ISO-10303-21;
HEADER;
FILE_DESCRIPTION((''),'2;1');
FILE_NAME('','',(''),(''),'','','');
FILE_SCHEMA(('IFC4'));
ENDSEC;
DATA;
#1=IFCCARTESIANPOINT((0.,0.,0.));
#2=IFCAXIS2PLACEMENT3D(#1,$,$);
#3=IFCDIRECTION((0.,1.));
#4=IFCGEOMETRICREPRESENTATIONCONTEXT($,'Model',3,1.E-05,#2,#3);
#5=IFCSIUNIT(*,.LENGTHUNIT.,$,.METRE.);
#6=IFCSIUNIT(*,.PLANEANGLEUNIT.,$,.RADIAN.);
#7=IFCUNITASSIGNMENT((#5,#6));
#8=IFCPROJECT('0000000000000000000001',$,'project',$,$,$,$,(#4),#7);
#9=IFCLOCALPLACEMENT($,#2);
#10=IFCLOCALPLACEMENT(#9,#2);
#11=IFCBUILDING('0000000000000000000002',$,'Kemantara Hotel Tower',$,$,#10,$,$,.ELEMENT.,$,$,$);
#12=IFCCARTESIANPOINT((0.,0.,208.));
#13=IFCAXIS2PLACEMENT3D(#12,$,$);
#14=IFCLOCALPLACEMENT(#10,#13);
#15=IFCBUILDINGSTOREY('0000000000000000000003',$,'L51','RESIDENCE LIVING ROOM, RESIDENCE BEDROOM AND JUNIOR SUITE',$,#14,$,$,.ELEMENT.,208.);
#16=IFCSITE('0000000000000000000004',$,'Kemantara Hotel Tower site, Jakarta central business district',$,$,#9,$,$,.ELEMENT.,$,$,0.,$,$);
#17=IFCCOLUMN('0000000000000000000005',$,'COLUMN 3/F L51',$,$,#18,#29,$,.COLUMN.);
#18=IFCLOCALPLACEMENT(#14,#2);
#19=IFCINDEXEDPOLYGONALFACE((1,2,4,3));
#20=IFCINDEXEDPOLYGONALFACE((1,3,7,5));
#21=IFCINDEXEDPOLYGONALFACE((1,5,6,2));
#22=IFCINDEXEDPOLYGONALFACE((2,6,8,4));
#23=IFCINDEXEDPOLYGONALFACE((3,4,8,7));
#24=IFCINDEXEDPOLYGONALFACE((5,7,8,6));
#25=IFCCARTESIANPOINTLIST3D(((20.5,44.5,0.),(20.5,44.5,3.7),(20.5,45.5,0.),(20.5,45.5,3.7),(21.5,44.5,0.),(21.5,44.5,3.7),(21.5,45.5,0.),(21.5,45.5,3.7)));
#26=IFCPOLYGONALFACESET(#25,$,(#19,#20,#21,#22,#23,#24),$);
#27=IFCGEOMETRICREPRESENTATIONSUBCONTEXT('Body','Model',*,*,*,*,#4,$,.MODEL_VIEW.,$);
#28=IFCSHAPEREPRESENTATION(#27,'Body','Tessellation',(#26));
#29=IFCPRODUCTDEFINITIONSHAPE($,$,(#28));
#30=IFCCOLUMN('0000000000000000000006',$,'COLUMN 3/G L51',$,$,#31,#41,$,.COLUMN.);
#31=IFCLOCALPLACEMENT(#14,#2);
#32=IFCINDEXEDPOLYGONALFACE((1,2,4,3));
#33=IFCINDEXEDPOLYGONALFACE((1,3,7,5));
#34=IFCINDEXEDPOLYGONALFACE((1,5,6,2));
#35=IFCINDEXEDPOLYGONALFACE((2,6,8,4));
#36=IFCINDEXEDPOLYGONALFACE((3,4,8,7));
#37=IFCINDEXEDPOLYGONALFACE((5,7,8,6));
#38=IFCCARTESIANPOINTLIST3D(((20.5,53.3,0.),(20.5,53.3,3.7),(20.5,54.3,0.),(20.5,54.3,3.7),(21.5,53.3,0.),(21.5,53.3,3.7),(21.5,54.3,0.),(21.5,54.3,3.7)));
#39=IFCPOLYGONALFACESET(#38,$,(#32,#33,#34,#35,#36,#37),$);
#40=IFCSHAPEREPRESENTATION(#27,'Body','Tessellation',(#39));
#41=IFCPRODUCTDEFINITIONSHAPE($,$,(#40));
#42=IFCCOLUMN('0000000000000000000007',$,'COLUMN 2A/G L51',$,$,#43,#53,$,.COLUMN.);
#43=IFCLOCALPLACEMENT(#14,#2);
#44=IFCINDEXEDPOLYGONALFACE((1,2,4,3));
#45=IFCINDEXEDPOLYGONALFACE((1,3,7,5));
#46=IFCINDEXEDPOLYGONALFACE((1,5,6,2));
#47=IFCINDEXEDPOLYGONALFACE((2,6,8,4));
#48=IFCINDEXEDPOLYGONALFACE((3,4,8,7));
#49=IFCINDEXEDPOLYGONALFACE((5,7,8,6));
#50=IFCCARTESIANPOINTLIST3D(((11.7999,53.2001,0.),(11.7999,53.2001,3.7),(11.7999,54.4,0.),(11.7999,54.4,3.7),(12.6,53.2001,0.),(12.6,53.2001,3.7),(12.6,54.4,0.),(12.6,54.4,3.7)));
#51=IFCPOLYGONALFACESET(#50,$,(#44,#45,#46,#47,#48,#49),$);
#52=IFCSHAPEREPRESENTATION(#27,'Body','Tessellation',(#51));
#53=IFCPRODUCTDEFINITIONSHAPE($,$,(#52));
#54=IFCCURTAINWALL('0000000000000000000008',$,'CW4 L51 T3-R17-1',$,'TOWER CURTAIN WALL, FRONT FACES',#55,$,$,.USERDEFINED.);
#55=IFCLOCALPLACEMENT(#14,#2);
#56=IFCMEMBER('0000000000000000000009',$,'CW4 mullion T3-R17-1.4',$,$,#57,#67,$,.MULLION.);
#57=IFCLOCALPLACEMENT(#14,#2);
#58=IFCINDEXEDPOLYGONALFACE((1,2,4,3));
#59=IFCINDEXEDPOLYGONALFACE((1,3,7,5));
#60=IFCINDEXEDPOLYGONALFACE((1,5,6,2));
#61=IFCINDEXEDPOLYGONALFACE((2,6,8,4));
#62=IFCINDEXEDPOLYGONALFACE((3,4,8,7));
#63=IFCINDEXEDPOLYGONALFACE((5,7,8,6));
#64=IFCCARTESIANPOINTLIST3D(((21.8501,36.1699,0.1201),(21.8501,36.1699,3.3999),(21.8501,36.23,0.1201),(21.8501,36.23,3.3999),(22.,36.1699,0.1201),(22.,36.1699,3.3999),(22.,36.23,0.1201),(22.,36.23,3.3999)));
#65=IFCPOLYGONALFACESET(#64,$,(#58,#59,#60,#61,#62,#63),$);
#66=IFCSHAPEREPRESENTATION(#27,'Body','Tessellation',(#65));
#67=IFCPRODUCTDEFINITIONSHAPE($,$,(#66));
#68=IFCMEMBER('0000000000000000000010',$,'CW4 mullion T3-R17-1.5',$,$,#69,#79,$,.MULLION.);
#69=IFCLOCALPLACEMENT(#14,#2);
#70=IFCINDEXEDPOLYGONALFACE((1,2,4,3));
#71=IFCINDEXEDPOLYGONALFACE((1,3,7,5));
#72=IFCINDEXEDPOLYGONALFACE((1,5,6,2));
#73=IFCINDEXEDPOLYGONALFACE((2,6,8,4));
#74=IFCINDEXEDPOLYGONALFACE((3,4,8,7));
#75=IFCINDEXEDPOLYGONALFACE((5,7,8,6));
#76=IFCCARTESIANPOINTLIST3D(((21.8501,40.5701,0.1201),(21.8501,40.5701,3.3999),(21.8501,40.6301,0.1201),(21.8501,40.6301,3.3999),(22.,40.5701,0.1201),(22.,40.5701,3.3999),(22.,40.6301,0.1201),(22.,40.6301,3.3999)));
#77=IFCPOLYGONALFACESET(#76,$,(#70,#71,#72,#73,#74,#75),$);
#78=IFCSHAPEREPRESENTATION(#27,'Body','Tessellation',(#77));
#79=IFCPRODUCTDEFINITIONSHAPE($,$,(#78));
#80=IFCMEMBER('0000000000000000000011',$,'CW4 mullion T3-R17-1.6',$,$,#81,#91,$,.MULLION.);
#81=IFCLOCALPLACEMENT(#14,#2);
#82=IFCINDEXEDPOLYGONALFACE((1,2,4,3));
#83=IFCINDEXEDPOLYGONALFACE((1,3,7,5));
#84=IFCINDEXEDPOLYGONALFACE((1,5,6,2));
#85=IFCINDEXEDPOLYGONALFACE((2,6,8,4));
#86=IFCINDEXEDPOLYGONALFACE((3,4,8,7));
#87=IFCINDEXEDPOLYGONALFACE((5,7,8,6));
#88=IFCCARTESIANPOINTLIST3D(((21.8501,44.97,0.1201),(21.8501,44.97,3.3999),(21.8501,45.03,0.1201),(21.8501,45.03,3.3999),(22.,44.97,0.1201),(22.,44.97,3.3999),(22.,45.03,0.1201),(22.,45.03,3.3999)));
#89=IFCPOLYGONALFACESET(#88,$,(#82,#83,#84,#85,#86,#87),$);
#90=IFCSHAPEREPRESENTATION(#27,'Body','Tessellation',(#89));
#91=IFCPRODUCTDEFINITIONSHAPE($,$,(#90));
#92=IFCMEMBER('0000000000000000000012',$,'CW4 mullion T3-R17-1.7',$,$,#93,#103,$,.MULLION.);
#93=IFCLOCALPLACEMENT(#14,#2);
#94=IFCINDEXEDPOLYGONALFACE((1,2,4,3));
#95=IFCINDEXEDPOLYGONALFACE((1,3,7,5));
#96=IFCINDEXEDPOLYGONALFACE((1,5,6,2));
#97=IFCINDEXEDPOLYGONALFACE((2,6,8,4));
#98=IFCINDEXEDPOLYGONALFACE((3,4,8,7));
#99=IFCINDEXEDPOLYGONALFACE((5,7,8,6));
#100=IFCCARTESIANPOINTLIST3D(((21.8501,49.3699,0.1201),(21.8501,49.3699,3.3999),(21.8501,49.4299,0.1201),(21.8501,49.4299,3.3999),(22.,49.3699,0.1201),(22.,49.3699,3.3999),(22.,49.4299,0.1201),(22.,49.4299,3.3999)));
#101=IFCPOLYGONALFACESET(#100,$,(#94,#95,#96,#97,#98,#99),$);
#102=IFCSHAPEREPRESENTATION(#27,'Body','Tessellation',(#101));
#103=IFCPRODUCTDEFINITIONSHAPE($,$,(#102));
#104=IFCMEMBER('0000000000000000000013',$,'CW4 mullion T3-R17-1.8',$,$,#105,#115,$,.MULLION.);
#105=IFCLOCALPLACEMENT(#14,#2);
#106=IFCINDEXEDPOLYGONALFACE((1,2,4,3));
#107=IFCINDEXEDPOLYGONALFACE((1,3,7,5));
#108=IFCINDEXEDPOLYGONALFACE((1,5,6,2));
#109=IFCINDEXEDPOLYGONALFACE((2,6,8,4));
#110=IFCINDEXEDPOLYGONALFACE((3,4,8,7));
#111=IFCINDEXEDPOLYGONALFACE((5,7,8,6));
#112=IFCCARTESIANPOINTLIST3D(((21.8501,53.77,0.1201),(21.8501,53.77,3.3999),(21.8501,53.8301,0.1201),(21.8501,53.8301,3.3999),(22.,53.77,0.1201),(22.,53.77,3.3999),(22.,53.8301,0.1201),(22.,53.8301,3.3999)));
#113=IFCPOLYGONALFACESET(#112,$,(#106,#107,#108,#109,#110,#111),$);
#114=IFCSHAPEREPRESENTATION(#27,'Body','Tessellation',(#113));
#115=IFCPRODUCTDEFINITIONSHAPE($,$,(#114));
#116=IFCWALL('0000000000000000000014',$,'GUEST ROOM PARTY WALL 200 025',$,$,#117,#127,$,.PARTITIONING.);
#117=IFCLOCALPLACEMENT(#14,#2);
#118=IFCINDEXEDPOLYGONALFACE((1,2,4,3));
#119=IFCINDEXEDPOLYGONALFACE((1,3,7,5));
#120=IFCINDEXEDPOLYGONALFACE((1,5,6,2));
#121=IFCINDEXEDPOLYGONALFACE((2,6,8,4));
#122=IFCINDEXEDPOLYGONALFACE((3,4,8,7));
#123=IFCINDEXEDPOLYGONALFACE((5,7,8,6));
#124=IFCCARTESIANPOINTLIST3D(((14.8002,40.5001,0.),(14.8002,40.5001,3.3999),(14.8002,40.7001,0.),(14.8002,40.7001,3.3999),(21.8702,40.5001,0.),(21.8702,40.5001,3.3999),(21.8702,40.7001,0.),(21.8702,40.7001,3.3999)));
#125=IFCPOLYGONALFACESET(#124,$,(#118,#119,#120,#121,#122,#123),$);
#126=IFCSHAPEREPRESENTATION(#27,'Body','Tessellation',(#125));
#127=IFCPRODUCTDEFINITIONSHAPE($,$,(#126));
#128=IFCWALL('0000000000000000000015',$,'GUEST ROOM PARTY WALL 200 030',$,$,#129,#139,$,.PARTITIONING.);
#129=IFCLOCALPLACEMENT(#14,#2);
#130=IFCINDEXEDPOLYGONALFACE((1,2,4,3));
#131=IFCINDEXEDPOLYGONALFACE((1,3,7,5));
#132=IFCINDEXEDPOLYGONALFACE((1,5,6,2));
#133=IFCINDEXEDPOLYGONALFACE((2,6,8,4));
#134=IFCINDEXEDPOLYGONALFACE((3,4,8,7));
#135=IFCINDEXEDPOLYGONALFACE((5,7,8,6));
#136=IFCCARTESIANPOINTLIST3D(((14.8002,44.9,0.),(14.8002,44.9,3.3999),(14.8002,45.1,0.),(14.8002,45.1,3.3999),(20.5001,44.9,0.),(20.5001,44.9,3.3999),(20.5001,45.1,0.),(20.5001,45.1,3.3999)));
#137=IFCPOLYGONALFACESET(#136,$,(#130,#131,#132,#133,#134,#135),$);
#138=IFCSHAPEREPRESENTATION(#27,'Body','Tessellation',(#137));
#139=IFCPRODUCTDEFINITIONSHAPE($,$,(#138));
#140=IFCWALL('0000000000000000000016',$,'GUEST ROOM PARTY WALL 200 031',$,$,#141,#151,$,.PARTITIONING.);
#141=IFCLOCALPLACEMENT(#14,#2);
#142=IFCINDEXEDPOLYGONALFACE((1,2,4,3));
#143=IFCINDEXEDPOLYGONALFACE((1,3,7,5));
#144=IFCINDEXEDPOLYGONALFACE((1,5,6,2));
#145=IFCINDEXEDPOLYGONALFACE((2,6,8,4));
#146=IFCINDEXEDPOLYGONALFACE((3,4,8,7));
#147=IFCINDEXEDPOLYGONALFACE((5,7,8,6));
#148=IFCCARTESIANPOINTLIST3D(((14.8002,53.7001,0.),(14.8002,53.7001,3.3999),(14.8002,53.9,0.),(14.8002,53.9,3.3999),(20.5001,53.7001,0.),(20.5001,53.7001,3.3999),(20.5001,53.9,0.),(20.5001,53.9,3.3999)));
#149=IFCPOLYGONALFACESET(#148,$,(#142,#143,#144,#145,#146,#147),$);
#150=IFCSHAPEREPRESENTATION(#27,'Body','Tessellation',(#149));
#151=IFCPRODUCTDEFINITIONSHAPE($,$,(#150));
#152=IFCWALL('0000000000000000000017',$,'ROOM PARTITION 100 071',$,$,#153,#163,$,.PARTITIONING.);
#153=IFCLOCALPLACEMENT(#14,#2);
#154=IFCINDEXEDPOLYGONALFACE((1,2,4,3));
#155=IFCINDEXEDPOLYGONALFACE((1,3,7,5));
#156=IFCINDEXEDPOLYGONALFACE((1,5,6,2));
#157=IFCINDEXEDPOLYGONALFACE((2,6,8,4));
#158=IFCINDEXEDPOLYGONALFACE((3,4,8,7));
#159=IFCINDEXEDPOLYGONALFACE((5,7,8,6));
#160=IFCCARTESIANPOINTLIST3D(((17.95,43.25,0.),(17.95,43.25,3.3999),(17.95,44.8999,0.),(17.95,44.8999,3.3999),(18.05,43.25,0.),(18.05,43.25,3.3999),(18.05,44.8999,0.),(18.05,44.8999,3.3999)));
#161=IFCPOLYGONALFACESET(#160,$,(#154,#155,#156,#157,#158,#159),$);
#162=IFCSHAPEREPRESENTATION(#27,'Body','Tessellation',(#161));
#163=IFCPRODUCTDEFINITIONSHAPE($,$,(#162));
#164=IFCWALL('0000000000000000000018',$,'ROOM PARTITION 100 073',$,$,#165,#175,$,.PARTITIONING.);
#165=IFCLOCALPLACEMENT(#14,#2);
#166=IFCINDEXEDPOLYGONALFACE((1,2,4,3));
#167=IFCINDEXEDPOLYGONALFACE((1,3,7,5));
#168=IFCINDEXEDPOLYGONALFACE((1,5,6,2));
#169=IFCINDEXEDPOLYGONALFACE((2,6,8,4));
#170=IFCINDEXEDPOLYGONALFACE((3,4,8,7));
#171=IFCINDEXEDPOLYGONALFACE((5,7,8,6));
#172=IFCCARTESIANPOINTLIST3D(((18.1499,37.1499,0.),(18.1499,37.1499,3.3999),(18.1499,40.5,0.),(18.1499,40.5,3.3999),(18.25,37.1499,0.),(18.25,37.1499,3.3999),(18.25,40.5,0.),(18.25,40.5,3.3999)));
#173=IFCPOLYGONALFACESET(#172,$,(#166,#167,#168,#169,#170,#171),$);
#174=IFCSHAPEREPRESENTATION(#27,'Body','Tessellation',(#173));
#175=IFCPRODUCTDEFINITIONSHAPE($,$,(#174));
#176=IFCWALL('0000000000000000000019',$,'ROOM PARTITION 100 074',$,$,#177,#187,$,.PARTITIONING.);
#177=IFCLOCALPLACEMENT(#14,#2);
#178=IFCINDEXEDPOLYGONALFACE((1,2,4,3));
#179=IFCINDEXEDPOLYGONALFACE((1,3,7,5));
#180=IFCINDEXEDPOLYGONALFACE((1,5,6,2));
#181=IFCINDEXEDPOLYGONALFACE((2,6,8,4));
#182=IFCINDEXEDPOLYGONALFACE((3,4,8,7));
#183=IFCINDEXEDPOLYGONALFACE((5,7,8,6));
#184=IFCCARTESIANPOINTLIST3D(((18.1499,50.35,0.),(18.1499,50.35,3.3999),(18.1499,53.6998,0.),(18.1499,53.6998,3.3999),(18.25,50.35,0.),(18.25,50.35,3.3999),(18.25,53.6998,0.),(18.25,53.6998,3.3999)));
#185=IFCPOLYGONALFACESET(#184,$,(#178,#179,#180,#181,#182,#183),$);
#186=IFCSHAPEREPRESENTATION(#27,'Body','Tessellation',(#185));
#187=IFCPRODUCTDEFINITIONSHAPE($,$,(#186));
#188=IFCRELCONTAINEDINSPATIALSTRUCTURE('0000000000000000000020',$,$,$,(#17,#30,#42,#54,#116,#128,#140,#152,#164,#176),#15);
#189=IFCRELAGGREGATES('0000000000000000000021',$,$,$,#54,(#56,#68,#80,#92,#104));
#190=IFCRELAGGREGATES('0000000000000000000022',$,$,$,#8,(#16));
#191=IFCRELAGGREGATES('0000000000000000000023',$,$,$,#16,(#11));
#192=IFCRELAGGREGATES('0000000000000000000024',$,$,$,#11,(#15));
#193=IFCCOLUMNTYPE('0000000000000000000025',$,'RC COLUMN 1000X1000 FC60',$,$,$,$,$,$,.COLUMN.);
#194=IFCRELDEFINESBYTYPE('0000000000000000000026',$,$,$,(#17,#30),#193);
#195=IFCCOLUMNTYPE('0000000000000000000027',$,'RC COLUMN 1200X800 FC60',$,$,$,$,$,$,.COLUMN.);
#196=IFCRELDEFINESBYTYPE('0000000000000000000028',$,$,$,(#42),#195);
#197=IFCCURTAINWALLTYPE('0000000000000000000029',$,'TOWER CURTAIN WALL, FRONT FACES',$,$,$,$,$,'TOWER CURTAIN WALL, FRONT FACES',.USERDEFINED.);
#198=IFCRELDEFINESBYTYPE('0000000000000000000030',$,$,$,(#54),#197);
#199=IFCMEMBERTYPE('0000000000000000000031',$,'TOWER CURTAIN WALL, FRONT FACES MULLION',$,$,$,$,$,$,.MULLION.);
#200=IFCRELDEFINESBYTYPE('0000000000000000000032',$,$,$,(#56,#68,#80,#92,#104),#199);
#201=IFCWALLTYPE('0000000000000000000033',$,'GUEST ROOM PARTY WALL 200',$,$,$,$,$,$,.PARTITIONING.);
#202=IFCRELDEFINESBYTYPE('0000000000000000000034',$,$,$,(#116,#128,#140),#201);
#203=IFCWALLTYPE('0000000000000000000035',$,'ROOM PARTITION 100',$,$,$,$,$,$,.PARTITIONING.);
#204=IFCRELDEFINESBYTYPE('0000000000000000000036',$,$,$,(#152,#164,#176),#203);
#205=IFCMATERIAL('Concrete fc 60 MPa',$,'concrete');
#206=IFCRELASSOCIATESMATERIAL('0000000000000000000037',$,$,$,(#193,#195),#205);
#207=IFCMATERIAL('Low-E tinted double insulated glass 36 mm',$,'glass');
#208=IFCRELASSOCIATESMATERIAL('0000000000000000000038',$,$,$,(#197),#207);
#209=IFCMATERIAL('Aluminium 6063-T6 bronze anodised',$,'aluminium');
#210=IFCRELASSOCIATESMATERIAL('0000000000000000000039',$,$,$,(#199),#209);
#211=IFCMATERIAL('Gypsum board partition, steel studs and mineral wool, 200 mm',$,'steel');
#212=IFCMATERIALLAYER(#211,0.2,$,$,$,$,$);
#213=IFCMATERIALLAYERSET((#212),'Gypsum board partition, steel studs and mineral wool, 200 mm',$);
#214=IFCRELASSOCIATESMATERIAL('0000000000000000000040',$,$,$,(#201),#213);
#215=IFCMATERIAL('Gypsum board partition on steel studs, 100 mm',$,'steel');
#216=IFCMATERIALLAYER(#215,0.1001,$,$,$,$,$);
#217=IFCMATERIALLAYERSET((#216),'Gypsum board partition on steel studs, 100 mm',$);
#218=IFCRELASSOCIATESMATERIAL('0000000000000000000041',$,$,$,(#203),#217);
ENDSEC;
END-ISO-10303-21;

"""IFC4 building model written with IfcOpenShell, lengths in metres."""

from ifc_helpers import new_model, si_unit, direction, frame, frame_2d, origin, origin_2d, place, context, subcontext, project, spatial, rectangle, extrude, source, transform, mapped, material, layer, layer_set, material_profile, profile_set, type_object, element, aggregate, save


model = new_model("IFC4")

# Units and contexts
model_context = context("Model", 3, precision=1e-05, world=origin(), true_north=direction((0.0, 1.0)))
body_context = subcontext(model_context, "Body", "Model", "MODEL_VIEW")
ifc_project = project(units=[si_unit("LENGTHUNIT", "METRE"), si_unit("PLANEANGLEUNIT", "RADIAN")], contexts=[model_context])

# Site, building, storey
site_placement = place(None, origin())
site = spatial("IfcSite", under=ifc_project, at=site_placement, Name="Kemantara Hotel Tower site, Jakarta central business district", CompositionType="ELEMENT", RefElevation=0.0)
building_placement = place(site_placement, origin())
building = spatial("IfcBuilding", under=site, at=building_placement, Name="Kemantara Hotel Tower", CompositionType="ELEMENT")
storey_placement = place(building_placement, frame((0.0, 0.0, 208.0)))
storey = spatial("IfcBuildingStorey", under=building, at=storey_placement, Name="L51", Description="RESIDENCE LIVING ROOM, RESIDENCE BEDROOM AND JUNIOR SUITE", CompositionType="ELEMENT", Elevation=208.0)

# Columns
ifc_material_1 = material(Name="Concrete fc 60 MPa", Category="concrete")
ifc_material_profile_1 = material_profile(ifc_material_1, rectangle(XDim=1.0, YDim=1.0, at=origin_2d()), Name="RC 1000X1000")
ifc_profile_set_1 = profile_set([ifc_material_profile_1], Name="Concrete fc 60 MPa")
column_type_1 = type_object("IfcColumnType", Name="RC COLUMN 1000X1000 FC60", PredefinedType="COLUMN", material=ifc_profile_set_1)
for number, where, z_axis, x_axis, name in (
    (1, (21.0, 45.0, 0.0), (0.0, 0.0, 1.0), (1.0, 0.0, 0.0), "COLUMN 3/F L51"),
    (2, (21.0, 53.8, 0.0), (0.0, 0.0, 1.0), (1.0, 0.0, 0.0), "COLUMN 3/G L51"),
):
    element("IfcColumn", number, at=place(storey_placement, frame(where, z_axis=z_axis, x_axis=x_axis)), inside=storey, type_object=column_type_1, Name=name, PredefinedType="COLUMN", context=body_context, shape_type="SweptSolid", body=[
        extrude(rectangle(XDim=1.0, YDim=1.0, at=origin_2d()), origin(), (0.0, 0.0, 1.0), 3.7),
    ])
ifc_material_profile_2 = material_profile(ifc_material_1, rectangle(XDim=1.2, YDim=0.8, at=origin_2d()), Name="RC 1200X800")
ifc_profile_set_2 = profile_set([ifc_material_profile_2], Name="Concrete fc 60 MPa")
column_type_2 = type_object("IfcColumnType", Name="RC COLUMN 1200X800 FC60", PredefinedType="COLUMN", material=ifc_profile_set_2)
column_placement = place(storey_placement, frame((12.2, 53.8, 0.0), z_axis=(0.0, 0.0, 1.0), x_axis=(0.0, 1.0, 0.0)))
element("IfcColumn", 3, at=column_placement, inside=storey, type_object=column_type_2, Name="COLUMN 2A/G L51", PredefinedType="COLUMN", context=body_context, shape_type="SweptSolid", body=[
    extrude(rectangle(XDim=1.2, YDim=0.8, at=origin_2d()), origin(), (0.0, 0.0, 1.0), 3.7),
])

# Curtain wall, members
ifc_material_2 = material(Name="Low-E tinted double insulated glass 36 mm", Category="glass")
curtain_wall_type = type_object("IfcCurtainWallType", Name="TOWER CURTAIN WALL, FRONT FACES", ElementType="TOWER CURTAIN WALL, FRONT FACES", PredefinedType="USERDEFINED", material=ifc_material_2)
curtain_wall_placement = place(storey_placement, origin())
curtain_wall = element("IfcCurtainWall", 4, at=curtain_wall_placement, inside=storey, type_object=curtain_wall_type, Name="CW4 L51 T3-R17-1", ObjectType="TOWER CURTAIN WALL, FRONT FACES", PredefinedType="USERDEFINED")
ifc_material_3 = material(Name="Aluminium 6063-T6 bronze anodised", Category="aluminium")
ifc_material_profile_3 = material_profile(ifc_material_3, rectangle(XDim=0.1499, YDim=0.0601, at=origin_2d()), Name="TOWER CURTAIN WALL, FRONT FACES MULLION")
ifc_profile_set_3 = profile_set([ifc_material_profile_3], Name="Aluminium 6063-T6 bronze anodised")
member_type = type_object("IfcMemberType", Name="TOWER CURTAIN WALL, FRONT FACES MULLION", PredefinedType="MULLION", material=ifc_profile_set_3)
shared_shape = source(origin(), body_context, "Body", "SweptSolid", [
    extrude(rectangle(XDim=0.1499, YDim=0.0601, at=origin_2d()), origin(), (0.0, 0.0, 1.0), 3.2798),
])
member_1_placement = place(storey_placement, frame((21.925, 36.2, 0.1201), z_axis=(0.0, 0.0, 1.0), x_axis=(-1.0, 0.0, 0.0)))
member_1 = element("IfcMember", 5, at=member_1_placement, type_object=member_type, Name="CW4 mullion T3-R17-1.4", PredefinedType="MULLION", context=body_context, shape_type="MappedRepresentation", body=[
    mapped(shared_shape, transform((0.0, 0.0, 0.0))),
])
member_2_placement = place(storey_placement, frame((21.925, 40.6001, 0.1201), z_axis=(0.0, 0.0, 1.0), x_axis=(-1.0, 0.0, 0.0)))
member_2 = element("IfcMember", 6, at=member_2_placement, type_object=member_type, Name="CW4 mullion T3-R17-1.5", PredefinedType="MULLION", context=body_context, shape_type="MappedRepresentation", body=[
    mapped(shared_shape, transform((0.0, 0.0, 0.0))),
])
member_3_placement = place(storey_placement, frame((21.925, 45.0, 0.1201), z_axis=(0.0, 0.0, 1.0), x_axis=(-1.0, 0.0, 0.0)))
member_3 = element("IfcMember", 7, at=member_3_placement, type_object=member_type, Name="CW4 mullion T3-R17-1.6", PredefinedType="MULLION", context=body_context, shape_type="MappedRepresentation", body=[
    mapped(shared_shape, transform((0.0, 0.0, 0.0))),
])
member_4_placement = place(storey_placement, frame((21.925, 49.3999, 0.1201), z_axis=(0.0, 0.0, 1.0), x_axis=(-1.0, 0.0, 0.0)))
member_4 = element("IfcMember", 8, at=member_4_placement, type_object=member_type, Name="CW4 mullion T3-R17-1.7", PredefinedType="MULLION", context=body_context, shape_type="MappedRepresentation", body=[
    mapped(shared_shape, transform((0.0, 0.0, 0.0))),
])
member_5_placement = place(storey_placement, frame((21.925, 53.8, 0.1201), z_axis=(0.0, 0.0, 1.0), x_axis=(-1.0, 0.0, 0.0)))
member_5 = element("IfcMember", 9, at=member_5_placement, type_object=member_type, Name="CW4 mullion T3-R17-1.8", PredefinedType="MULLION", context=body_context, shape_type="MappedRepresentation", body=[
    mapped(shared_shape, transform((0.0, 0.0, 0.0))),
])
aggregate(curtain_wall, [member_1, member_2, member_3, member_4, member_5])

# Walls
ifc_material_4 = material(Name="Gypsum board partition, steel studs and mineral wool, 200 mm", Category="steel")
ifc_layer_1 = layer(ifc_material_4, 0.2)
ifc_layer_set_1 = layer_set([ifc_layer_1], Name="Gypsum board partition, steel studs and mineral wool, 200 mm")
wall_type_1 = type_object("IfcWallType", Name="GUEST ROOM PARTY WALL 200", PredefinedType="PARTITIONING", material=ifc_layer_set_1)
wall_1_placement = place(storey_placement, frame((14.8, 40.6001, 0.0), z_axis=(0.0, 0.0, 1.0), x_axis=(1.0, 0.0, 0.0)))
element("IfcWall", 10, at=wall_1_placement, inside=storey, type_object=wall_type_1, Name="GUEST ROOM PARTY WALL 200 025", PredefinedType="PARTITIONING", context=body_context, shape_type="SweptSolid", body=[
    extrude(rectangle(XDim=7.0701, YDim=0.2, at=frame_2d((3.5352, 0.0))), origin(), (0.0, 0.0, 1.0), 3.3999),
])
for number, where, z_axis, x_axis, name in (
    (11, (14.8, 45.0, 0.0), (0.0, 0.0, 1.0), (1.0, 0.0, 0.0), "GUEST ROOM PARTY WALL 200 030"),
    (12, (14.8, 53.8, 0.0), (0.0, 0.0, 1.0), (1.0, 0.0, 0.0), "GUEST ROOM PARTY WALL 200 031"),
):
    element("IfcWall", number, at=place(storey_placement, frame(where, z_axis=z_axis, x_axis=x_axis)), inside=storey, type_object=wall_type_1, Name=name, PredefinedType="PARTITIONING", context=body_context, shape_type="SweptSolid", body=[
        extrude(rectangle(XDim=5.7, YDim=0.2, at=frame_2d((2.8501, 0.0))), origin(), (0.0, 0.0, 1.0), 3.3999),
    ])
ifc_material_5 = material(Name="Gypsum board partition on steel studs, 100 mm", Category="steel")
ifc_layer_2 = layer(ifc_material_5, 0.1001)
ifc_layer_set_2 = layer_set([ifc_layer_2], Name="Gypsum board partition on steel studs, 100 mm")
wall_type_2 = type_object("IfcWallType", Name="ROOM PARTITION 100", PredefinedType="PARTITIONING", material=ifc_layer_set_2)
wall_2_placement = place(storey_placement, frame((18.0, 43.25, 0.0), z_axis=(0.0, 0.0, 1.0), x_axis=(0.0, 1.0, 0.0)))
element("IfcWall", 13, at=wall_2_placement, inside=storey, type_object=wall_type_2, Name="ROOM PARTITION 100 071", PredefinedType="PARTITIONING", context=body_context, shape_type="SweptSolid", body=[
    extrude(rectangle(XDim=1.6499, YDim=0.1001, at=frame_2d((0.825, 0.0))), origin(), (0.0, 0.0, 1.0), 3.3999),
])
wall_3_placement = place(storey_placement, frame((18.2, 37.1499, 0.0), z_axis=(0.0, 0.0, 1.0), x_axis=(0.0, 1.0, 0.0)))
element("IfcWall", 14, at=wall_3_placement, inside=storey, type_object=wall_type_2, Name="ROOM PARTITION 100 073", PredefinedType="PARTITIONING", context=body_context, shape_type="SweptSolid", body=[
    extrude(rectangle(XDim=3.3501, YDim=0.1001, at=frame_2d((1.675, 0.0))), origin(), (0.0, 0.0, 1.0), 3.3999),
])
wall_4_placement = place(storey_placement, frame((18.2, 50.3501, 0.0), z_axis=(0.0, 0.0, 1.0), x_axis=(0.0, 1.0, 0.0)))
element("IfcWall", 15, at=wall_4_placement, inside=storey, type_object=wall_type_2, Name="ROOM PARTITION 100 074", PredefinedType="PARTITIONING", context=body_context, shape_type="SweptSolid", body=[
    extrude(rectangle(XDim=3.3499, YDim=0.1001, at=frame_2d((1.6748, 0.0))), origin(), (0.0, 0.0, 1.0), 3.3999),
])

save(model, "model.ifc")
